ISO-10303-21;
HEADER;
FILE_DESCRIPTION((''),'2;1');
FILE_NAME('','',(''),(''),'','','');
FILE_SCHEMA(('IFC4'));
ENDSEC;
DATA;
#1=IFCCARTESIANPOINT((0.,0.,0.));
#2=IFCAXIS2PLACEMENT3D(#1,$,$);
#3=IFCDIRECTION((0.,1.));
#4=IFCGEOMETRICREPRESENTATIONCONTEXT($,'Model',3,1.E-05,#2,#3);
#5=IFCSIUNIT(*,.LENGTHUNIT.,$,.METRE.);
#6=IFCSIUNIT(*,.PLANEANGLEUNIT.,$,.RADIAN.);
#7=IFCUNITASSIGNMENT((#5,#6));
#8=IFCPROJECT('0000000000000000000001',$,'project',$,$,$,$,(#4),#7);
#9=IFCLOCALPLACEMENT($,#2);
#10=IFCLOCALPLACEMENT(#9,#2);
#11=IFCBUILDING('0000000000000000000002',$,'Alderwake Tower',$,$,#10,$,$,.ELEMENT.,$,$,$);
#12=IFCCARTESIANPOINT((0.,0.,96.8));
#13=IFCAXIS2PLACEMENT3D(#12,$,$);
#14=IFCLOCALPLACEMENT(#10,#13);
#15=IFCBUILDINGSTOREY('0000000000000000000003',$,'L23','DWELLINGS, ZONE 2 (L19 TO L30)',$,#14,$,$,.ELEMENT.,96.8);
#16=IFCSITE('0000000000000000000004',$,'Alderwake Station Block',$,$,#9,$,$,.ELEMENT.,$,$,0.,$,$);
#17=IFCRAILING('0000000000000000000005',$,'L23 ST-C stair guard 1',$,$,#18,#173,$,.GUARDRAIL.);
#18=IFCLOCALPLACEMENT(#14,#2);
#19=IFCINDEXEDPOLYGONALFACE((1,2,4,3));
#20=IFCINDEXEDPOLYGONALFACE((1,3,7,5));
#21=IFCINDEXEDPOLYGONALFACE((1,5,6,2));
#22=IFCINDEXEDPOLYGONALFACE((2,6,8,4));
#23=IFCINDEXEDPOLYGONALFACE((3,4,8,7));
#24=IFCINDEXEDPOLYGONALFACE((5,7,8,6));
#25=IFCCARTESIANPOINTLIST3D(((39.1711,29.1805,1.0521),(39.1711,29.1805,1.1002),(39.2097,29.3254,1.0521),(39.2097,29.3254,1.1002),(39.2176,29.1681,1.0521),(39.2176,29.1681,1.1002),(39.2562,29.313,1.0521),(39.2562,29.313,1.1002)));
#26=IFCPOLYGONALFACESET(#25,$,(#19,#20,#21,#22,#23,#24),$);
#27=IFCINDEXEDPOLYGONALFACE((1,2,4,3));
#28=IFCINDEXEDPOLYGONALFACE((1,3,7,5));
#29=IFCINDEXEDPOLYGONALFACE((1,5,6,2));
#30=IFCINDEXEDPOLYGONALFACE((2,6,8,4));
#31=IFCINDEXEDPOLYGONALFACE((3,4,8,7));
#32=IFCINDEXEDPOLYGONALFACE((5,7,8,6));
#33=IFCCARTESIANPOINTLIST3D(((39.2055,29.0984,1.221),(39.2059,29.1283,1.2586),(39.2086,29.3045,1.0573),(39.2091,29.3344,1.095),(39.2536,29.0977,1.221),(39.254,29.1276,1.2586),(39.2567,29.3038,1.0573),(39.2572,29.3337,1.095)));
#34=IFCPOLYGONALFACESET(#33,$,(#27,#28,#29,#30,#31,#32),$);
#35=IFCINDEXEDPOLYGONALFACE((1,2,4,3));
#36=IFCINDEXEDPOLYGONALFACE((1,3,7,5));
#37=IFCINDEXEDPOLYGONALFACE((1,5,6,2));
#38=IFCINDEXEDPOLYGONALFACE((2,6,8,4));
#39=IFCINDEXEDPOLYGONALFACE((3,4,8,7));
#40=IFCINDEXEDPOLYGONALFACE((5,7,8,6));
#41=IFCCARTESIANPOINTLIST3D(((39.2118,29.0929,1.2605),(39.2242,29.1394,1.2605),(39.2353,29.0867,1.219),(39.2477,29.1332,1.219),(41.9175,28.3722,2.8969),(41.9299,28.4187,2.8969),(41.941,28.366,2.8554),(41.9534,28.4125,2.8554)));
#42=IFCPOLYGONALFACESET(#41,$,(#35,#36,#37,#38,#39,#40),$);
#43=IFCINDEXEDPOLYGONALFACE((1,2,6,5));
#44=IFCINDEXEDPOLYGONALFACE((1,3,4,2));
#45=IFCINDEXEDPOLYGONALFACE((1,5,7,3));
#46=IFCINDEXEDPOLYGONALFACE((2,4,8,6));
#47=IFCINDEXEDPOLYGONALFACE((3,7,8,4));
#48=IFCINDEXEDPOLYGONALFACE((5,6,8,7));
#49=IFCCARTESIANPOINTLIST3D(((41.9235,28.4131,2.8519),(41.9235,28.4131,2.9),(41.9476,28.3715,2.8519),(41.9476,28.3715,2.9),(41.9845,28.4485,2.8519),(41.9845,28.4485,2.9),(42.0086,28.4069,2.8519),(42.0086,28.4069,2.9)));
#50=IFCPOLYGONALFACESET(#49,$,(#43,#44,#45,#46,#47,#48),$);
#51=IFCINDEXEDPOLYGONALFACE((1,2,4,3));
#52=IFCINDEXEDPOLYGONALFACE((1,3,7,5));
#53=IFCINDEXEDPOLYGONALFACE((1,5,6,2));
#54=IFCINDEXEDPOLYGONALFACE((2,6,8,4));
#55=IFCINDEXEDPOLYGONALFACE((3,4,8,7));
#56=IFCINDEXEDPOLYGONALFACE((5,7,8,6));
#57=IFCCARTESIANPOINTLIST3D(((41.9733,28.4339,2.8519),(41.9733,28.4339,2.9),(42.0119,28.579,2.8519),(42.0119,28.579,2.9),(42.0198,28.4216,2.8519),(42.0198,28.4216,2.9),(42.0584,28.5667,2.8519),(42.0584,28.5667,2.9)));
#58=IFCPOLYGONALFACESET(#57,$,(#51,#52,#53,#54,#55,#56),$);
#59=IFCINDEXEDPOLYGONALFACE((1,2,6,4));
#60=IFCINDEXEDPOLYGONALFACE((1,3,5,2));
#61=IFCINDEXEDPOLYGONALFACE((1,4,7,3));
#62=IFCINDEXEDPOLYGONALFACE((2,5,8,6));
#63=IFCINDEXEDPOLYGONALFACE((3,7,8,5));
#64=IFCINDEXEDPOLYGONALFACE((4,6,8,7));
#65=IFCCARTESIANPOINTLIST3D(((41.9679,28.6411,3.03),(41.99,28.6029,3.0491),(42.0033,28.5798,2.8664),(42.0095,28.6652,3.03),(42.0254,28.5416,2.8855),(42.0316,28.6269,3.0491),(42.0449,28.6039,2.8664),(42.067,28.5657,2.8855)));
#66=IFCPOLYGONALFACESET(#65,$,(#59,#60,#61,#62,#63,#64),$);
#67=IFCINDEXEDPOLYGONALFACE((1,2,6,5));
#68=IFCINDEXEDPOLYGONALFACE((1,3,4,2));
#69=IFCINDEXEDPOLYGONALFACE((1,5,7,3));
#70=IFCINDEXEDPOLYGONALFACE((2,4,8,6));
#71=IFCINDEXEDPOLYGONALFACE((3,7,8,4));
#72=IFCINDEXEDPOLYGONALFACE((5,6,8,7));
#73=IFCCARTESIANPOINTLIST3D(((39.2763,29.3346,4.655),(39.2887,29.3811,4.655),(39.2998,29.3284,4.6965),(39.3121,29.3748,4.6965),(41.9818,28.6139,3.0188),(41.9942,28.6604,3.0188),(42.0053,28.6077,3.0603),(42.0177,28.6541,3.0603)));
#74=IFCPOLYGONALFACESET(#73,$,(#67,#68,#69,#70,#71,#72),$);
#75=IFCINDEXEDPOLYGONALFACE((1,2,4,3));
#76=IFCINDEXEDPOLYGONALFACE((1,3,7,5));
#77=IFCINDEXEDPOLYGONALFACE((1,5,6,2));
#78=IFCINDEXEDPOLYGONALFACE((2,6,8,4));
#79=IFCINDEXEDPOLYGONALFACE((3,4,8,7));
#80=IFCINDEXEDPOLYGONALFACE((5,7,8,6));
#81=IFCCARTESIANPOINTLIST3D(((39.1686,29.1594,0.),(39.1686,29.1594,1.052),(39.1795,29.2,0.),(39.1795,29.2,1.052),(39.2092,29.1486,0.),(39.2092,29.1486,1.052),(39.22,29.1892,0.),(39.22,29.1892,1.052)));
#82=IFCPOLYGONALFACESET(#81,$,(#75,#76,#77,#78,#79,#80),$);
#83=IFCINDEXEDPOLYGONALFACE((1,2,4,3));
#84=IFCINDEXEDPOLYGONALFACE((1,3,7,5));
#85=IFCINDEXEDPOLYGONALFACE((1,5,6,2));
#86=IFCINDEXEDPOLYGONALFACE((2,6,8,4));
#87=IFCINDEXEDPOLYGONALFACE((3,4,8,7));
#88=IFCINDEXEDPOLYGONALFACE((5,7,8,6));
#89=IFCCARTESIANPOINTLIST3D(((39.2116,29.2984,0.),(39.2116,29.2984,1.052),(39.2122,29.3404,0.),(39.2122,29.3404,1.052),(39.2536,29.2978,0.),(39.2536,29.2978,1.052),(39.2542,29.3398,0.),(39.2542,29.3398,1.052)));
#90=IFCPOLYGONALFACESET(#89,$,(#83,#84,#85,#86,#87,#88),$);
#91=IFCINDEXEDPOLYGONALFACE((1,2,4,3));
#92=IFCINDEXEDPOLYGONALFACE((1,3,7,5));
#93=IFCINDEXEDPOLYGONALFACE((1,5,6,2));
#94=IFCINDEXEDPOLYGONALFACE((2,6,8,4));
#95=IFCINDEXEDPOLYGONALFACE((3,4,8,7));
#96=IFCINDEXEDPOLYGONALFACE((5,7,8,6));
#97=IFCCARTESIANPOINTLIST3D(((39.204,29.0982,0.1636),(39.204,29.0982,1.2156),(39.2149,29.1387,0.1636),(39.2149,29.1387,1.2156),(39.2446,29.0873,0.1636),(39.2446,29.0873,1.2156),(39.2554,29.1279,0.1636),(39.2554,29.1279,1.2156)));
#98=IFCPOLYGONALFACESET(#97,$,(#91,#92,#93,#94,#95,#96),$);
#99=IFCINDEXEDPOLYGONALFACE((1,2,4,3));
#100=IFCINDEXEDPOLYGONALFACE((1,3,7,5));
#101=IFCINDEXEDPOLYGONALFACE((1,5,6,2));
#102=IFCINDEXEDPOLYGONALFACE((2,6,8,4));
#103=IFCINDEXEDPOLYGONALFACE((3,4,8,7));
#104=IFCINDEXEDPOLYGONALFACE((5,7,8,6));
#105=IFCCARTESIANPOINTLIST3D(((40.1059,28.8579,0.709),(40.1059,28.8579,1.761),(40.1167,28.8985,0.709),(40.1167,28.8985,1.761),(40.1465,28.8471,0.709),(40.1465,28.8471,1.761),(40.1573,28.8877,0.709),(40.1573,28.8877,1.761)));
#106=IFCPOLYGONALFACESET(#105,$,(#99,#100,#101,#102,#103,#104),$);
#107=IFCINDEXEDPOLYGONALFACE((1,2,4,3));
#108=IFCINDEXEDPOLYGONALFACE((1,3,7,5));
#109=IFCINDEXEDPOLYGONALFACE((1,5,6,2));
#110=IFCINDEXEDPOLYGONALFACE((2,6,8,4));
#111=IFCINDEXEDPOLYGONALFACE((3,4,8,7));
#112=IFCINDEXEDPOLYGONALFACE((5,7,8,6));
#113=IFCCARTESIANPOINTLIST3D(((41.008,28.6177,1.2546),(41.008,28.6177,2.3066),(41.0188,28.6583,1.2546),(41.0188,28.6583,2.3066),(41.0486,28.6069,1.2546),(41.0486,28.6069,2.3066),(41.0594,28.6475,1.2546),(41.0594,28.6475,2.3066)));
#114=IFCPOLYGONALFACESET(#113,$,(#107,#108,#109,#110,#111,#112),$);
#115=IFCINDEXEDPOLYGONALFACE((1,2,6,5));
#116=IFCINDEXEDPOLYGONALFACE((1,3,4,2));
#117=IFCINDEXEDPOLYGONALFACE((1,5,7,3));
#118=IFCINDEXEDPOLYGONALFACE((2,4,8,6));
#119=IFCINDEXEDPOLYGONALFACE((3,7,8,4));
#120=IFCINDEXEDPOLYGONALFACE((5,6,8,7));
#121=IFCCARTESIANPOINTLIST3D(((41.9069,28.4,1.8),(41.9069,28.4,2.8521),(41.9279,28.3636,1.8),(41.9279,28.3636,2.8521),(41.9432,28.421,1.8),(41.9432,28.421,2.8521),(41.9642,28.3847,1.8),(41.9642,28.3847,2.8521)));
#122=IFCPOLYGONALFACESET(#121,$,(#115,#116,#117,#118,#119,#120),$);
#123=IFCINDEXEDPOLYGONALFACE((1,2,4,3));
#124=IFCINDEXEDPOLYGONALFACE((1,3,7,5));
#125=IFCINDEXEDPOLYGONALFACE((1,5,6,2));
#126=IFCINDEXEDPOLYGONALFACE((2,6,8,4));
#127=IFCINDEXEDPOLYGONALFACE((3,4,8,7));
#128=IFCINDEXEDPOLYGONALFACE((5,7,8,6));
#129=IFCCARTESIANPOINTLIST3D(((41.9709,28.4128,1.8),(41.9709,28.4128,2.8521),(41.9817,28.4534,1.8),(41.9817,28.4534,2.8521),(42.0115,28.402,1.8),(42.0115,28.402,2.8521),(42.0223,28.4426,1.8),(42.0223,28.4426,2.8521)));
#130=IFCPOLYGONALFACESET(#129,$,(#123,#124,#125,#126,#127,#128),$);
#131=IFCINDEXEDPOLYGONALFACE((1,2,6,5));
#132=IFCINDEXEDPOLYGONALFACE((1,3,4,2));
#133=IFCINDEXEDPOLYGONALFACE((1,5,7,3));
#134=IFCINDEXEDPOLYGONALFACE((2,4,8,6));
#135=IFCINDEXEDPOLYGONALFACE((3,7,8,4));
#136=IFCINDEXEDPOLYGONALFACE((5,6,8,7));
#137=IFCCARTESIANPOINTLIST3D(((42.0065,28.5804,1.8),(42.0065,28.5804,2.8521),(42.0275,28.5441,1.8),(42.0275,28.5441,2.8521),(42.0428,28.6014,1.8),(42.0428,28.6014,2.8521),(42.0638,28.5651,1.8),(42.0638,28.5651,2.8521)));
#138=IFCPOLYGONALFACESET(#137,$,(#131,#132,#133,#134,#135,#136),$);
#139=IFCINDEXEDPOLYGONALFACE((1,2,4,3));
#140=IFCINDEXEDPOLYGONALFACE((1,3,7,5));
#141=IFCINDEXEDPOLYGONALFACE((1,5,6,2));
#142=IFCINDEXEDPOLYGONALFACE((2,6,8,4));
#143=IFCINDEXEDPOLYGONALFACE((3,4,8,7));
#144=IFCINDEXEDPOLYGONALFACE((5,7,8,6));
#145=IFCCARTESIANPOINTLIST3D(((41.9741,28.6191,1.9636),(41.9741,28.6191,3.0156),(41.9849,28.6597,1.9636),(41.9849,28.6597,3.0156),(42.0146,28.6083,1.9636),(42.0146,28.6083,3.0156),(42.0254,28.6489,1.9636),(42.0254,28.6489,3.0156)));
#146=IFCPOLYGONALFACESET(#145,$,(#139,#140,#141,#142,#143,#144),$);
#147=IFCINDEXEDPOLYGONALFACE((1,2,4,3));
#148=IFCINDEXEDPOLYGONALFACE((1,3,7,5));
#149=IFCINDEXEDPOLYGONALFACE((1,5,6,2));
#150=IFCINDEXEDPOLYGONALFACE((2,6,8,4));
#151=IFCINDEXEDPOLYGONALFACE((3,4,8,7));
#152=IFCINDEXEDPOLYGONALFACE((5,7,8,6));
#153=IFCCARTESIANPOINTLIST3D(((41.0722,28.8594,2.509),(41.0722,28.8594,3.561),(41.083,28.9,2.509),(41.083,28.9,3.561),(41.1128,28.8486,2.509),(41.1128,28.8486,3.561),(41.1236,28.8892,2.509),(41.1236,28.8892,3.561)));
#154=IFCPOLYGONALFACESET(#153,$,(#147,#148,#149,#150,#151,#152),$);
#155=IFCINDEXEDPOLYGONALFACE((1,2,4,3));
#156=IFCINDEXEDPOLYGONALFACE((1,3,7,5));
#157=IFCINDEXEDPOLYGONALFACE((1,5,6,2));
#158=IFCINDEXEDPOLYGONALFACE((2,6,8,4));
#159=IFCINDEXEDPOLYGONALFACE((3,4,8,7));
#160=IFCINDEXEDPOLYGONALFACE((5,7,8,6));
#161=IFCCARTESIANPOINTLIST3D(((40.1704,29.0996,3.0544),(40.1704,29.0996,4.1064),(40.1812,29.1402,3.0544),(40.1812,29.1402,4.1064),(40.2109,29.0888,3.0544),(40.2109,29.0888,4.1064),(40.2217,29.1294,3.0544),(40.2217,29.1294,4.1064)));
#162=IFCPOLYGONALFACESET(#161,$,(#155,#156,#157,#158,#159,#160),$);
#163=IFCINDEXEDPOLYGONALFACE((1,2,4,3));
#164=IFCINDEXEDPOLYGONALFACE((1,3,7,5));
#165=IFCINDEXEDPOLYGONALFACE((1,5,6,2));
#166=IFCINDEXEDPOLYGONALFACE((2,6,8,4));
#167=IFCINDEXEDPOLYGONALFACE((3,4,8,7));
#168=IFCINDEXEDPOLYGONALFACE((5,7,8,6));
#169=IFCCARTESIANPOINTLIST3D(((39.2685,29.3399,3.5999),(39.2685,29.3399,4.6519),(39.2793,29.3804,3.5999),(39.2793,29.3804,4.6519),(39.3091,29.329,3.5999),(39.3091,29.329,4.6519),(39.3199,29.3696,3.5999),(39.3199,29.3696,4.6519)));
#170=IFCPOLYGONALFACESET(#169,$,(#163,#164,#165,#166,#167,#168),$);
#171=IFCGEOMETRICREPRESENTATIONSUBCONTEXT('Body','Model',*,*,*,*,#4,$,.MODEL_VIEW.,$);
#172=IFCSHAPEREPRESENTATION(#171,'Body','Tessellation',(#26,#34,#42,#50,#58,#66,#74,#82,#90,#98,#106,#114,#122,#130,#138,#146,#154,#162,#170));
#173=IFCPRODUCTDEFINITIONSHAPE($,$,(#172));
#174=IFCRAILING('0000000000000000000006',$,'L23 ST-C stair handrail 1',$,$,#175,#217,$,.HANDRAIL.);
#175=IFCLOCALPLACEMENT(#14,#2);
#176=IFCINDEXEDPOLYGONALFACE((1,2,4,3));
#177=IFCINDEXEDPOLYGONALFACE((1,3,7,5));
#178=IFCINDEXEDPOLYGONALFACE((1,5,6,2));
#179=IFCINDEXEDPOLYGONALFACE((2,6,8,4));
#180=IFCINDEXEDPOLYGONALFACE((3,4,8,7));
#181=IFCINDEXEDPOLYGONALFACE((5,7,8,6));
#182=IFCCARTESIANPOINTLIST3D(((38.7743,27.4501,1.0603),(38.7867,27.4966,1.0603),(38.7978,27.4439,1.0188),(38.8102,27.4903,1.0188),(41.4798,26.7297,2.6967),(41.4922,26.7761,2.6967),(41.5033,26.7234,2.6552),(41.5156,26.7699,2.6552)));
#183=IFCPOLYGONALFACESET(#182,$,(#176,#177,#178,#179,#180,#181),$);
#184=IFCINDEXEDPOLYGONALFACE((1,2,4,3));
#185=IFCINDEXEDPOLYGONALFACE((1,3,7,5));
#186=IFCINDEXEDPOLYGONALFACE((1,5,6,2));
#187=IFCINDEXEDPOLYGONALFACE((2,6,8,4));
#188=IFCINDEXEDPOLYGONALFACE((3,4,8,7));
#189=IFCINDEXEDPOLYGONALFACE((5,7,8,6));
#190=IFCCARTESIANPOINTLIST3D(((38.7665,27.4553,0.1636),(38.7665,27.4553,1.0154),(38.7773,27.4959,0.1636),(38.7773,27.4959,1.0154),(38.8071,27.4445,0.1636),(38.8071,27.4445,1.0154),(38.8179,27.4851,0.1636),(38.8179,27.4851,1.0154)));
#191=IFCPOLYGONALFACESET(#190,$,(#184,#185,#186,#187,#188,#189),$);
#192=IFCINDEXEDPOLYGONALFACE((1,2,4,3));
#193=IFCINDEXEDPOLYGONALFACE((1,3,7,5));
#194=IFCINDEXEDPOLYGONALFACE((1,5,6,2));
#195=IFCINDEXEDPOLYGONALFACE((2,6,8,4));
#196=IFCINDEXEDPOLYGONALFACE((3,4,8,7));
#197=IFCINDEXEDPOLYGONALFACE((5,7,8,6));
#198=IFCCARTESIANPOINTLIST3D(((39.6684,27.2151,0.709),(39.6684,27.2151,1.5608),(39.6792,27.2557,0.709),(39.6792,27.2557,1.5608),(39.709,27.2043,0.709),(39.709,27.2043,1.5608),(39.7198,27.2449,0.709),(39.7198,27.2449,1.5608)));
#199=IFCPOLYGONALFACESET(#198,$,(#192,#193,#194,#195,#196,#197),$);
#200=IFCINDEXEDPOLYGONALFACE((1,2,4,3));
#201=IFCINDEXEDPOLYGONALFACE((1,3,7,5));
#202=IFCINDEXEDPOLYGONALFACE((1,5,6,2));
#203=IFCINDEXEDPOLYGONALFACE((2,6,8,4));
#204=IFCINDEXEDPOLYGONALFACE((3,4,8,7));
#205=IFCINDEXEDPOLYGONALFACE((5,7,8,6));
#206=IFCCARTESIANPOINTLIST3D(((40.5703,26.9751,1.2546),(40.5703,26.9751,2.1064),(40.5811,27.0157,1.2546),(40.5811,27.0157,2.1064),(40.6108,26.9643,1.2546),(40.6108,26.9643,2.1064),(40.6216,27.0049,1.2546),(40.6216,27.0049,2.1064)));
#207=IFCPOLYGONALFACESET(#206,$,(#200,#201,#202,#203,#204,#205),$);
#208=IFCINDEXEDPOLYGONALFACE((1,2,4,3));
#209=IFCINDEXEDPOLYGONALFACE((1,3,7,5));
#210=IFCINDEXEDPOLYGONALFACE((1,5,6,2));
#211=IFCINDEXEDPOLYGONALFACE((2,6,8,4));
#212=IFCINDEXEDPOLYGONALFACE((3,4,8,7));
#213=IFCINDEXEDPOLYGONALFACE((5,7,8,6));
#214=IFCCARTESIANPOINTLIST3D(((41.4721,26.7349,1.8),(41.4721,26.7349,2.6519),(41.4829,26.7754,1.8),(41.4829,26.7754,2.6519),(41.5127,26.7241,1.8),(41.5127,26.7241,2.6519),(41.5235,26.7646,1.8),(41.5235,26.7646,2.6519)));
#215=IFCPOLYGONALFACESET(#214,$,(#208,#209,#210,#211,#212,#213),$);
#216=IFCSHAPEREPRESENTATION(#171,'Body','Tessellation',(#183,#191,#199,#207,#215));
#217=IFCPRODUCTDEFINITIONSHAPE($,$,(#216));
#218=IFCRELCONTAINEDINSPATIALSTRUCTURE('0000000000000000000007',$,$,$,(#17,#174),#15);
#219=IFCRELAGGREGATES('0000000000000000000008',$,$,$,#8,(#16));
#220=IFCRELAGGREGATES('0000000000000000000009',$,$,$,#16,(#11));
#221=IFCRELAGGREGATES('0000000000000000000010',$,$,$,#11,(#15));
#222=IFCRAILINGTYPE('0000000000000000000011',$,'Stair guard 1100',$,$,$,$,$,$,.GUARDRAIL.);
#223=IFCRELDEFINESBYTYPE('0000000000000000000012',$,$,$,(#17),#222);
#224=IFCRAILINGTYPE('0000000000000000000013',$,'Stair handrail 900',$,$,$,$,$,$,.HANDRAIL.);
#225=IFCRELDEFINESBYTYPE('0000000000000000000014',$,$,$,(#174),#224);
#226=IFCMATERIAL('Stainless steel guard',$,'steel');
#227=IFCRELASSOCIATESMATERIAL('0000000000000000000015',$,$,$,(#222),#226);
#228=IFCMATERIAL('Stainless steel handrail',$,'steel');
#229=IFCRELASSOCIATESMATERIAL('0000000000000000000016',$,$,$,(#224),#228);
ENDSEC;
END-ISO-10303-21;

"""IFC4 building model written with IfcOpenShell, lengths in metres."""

from ifc_helpers import new_model, si_unit, direction, frame, origin, origin_2d, place, context, subcontext, project, spatial, rectangle, extrude, material, type_object, element, save


model = new_model("IFC4")

# Units and contexts
model_context = context("Model", 3, precision=1e-05, world=origin(), true_north=direction((0.0, 1.0)))
body_context = subcontext(model_context, "Body", "Model", "MODEL_VIEW")
ifc_project = project(units=[si_unit("LENGTHUNIT", "METRE"), si_unit("PLANEANGLEUNIT", "RADIAN")], contexts=[model_context])

# Site, building, storey
site_placement = place(None, origin())
site = spatial("IfcSite", under=ifc_project, at=site_placement, Name="Alderwake Station Block", CompositionType="ELEMENT", RefElevation=0.0)
building_placement = place(site_placement, origin())
building = spatial("IfcBuilding", under=site, at=building_placement, Name="Alderwake Tower", CompositionType="ELEMENT")
storey_placement = place(building_placement, frame((0.0, 0.0, 96.8)))
storey = spatial("IfcBuildingStorey", under=building, at=storey_placement, Name="L23", Description="DWELLINGS, ZONE 2 (L19 TO L30)", CompositionType="ELEMENT", Elevation=96.8)

# Railings
ifc_material_1 = material(Name="Stainless steel guard", Category="steel")
railing_type_1 = type_object("IfcRailingType", Name="Stair guard 1100", PredefinedType="GUARDRAIL", material=ifc_material_1)
railing_1_placement = place(storey_placement, frame((39.1943, 29.1743, 0.0)))
element("IfcRailing", 1, at=railing_1_placement, inside=storey, type_object=railing_type_1, Name="L23 ST-C stair guard 1", PredefinedType="GUARDRAIL", context=body_context, shape_type="SweptSolid", body=[
    extrude(rectangle(XDim=0.0481, YDim=0.0481, at=origin_2d()), frame((0.0, 0.0, 1.0762), z_axis=(0.25746, 0.966289, 0.0), x_axis=(-0.966289, 0.25746, 0.0)), (0.0, 0.0, 1.0), 0.1499),
    extrude(rectangle(XDim=0.0481, YDim=0.0481, at=origin_2d()), frame((0.0386, 0.1448, 1.0762), z_axis=(-0.012063, -0.78316, 0.621703), x_axis=(0.999881, -0.015401, 0.0)), (0.0, 0.0, 1.0), 0.2632),
    extrude(rectangle(XDim=0.0481, YDim=0.0481, at=origin_2d()), frame((0.0354, -0.0613, 1.2397), z_axis=(0.834282, -0.222214, 0.504574), x_axis=(0.25738, 0.96631, 0.0)), (0.0, 0.0, 1.0), 3.2432),
    extrude(rectangle(XDim=0.0481, YDim=0.0481, at=origin_2d()), frame((2.7412, -0.782, 2.876), z_axis=(0.865031, 0.501718, 0.0), x_axis=(-0.501718, 0.865031, 0.0)), (0.0, 0.0, 1.0), 0.0706),
    extrude(rectangle(XDim=0.0481, YDim=0.0481, at=origin_2d()), frame((2.8022, -0.7466, 2.876), z_axis=(0.257055, 0.966397, 0.0), x_axis=(-0.966397, 0.257055, 0.0)), (0.0, 0.0, 1.0), 0.1501),
    extrude(rectangle(XDim=0.0481, YDim=0.0481, at=origin_2d()), frame((2.8408, -0.6016, 2.876), z_axis=(-0.198625, 0.343827, 0.917786), x_axis=(-0.865898, -0.50022, 0.0)), (0.0, 0.0, 1.0), 0.1782),
    extrude(rectangle(XDim=0.0481, YDim=0.0481, at=origin_2d()), frame((2.8054, -0.5403, 3.0396), z_axis=(-0.834291, 0.222237, 0.504549), x_axis=(-0.257402, -0.966304, 0.0)), (0.0, 0.0, 1.0), 3.2429),
    extrude(rectangle(XDim=0.042, YDim=0.042, at=origin_2d()), frame((0.0, 0.0, 0.0), z_axis=(0.0, 0.0, 1.0), x_axis=(0.25746, 0.966289, 0.0)), (0.0, 0.0, 1.0), 1.052),
    extrude(rectangle(XDim=0.042, YDim=0.042, at=origin_2d()), frame((0.0386, 0.1448, 0.0), z_axis=(0.0, 0.0, 1.0), x_axis=(-0.015401, -0.999881, 0.0)), (0.0, 0.0, 1.0), 1.052),
    extrude(rectangle(XDim=0.042, YDim=0.042, at=origin_2d()), frame((0.0354, -0.0613, 0.1636), z_axis=(0.0, 0.0, 1.0), x_axis=(0.96631, -0.25738, 0.0)), (0.0, 0.0, 1.0), 1.052),
    extrude(rectangle(XDim=0.042, YDim=0.042, at=origin_2d()), frame((0.9373, -0.3015, 0.709), z_axis=(0.0, 0.0, 1.0), x_axis=(0.96631, -0.25738, 0.0)), (0.0, 0.0, 1.0), 1.052),
    extrude(rectangle(XDim=0.042, YDim=0.042, at=origin_2d()), frame((1.8394, -0.5417, 1.2546), z_axis=(0.0, 0.0, 1.0), x_axis=(0.96631, -0.25738, 0.0)), (0.0, 0.0, 1.0), 1.052),
    extrude(rectangle(XDim=0.042, YDim=0.042, at=origin_2d()), frame((2.7412, -0.782, 1.8), z_axis=(0.0, 0.0, 1.0), x_axis=(0.865031, 0.501718, 0.0)), (0.0, 0.0, 1.0), 1.052),
    extrude(rectangle(XDim=0.042, YDim=0.042, at=origin_2d()), frame((2.8022, -0.7466, 1.8), z_axis=(0.0, 0.0, 1.0), x_axis=(0.257055, 0.966397, 0.0)), (0.0, 0.0, 1.0), 1.052),
    extrude(rectangle(XDim=0.042, YDim=0.042, at=origin_2d()), frame((2.8408, -0.6016, 1.8), z_axis=(0.0, 0.0, 1.0), x_axis=(-0.50022, 0.865898, 0.0)), (0.0, 0.0, 1.0), 1.052),
    extrude(rectangle(XDim=0.042, YDim=0.042, at=origin_2d()), frame((2.8054, -0.5403, 1.9636), z_axis=(0.0, 0.0, 1.0), x_axis=(-0.966304, 0.257402, 0.0)), (0.0, 0.0, 1.0), 1.052),
    extrude(rectangle(XDim=0.042, YDim=0.042, at=origin_2d()), frame((1.9036, -0.3, 2.509), z_axis=(0.0, 0.0, 1.0), x_axis=(-0.966304, 0.257402, 0.0)), (0.0, 0.0, 1.0), 1.052),
    extrude(rectangle(XDim=0.042, YDim=0.042, at=origin_2d()), frame((1.0017, -0.0598, 3.0544), z_axis=(0.0, 0.0, 1.0), x_axis=(-0.966304, 0.257402, 0.0)), (0.0, 0.0, 1.0), 1.052),
    extrude(rectangle(XDim=0.042, YDim=0.042, at=origin_2d()), frame((0.0999, 0.1804, 3.5999), z_axis=(0.0, 0.0, 1.0), x_axis=(-0.966304, 0.257402, 0.0)), (0.0, 0.0, 1.0), 1.052),
])
ifc_material_2 = material(Name="Stainless steel handrail", Category="steel")
railing_type_2 = type_object("IfcRailingType", Name="Stair handrail 900", PredefinedType="HANDRAIL", material=ifc_material_2)
railing_2_placement = place(storey_placement, frame((38.7922, 27.4702, 0.1636)))
element("IfcRailing", 2, at=railing_2_placement, inside=storey, type_object=railing_type_2, Name="L23 ST-C stair handrail 1", PredefinedType="HANDRAIL", context=body_context, shape_type="SweptSolid", body=[
    extrude(rectangle(XDim=0.0481, YDim=0.0481, at=origin_2d()), frame((0.0, 0.0, 0.876), z_axis=(0.834273, -0.222157, 0.504614), x_axis=(0.257321, 0.966326, 0.0)), (0.0, 0.0, 1.0), 3.2429),
    extrude(rectangle(XDim=0.042, YDim=0.042, at=origin_2d()), frame((0.0, 0.0, 0.0), z_axis=(0.0, 0.0, 1.0), x_axis=(0.966326, -0.257321, 0.0)), (0.0, 0.0, 1.0), 0.8518),
    extrude(rectangle(XDim=0.042, YDim=0.042, at=origin_2d()), frame((0.9019, -0.2402, 0.5454), z_axis=(0.0, 0.0, 1.0), x_axis=(0.966326, -0.257321, 0.0)), (0.0, 0.0, 1.0), 0.8518),
    extrude(rectangle(XDim=0.042, YDim=0.042, at=origin_2d()), frame((1.8037, -0.4802, 1.0911), z_axis=(0.0, 0.0, 1.0), x_axis=(0.966326, -0.257321, 0.0)), (0.0, 0.0, 1.0), 0.8518),
    extrude(rectangle(XDim=0.042, YDim=0.042, at=origin_2d()), frame((2.7056, -0.7205, 1.6365), z_axis=(0.0, 0.0, 1.0), x_axis=(0.966326, -0.257321, 0.0)), (0.0, 0.0, 1.0), 0.8518),
])

save(model, "model.ifc")
